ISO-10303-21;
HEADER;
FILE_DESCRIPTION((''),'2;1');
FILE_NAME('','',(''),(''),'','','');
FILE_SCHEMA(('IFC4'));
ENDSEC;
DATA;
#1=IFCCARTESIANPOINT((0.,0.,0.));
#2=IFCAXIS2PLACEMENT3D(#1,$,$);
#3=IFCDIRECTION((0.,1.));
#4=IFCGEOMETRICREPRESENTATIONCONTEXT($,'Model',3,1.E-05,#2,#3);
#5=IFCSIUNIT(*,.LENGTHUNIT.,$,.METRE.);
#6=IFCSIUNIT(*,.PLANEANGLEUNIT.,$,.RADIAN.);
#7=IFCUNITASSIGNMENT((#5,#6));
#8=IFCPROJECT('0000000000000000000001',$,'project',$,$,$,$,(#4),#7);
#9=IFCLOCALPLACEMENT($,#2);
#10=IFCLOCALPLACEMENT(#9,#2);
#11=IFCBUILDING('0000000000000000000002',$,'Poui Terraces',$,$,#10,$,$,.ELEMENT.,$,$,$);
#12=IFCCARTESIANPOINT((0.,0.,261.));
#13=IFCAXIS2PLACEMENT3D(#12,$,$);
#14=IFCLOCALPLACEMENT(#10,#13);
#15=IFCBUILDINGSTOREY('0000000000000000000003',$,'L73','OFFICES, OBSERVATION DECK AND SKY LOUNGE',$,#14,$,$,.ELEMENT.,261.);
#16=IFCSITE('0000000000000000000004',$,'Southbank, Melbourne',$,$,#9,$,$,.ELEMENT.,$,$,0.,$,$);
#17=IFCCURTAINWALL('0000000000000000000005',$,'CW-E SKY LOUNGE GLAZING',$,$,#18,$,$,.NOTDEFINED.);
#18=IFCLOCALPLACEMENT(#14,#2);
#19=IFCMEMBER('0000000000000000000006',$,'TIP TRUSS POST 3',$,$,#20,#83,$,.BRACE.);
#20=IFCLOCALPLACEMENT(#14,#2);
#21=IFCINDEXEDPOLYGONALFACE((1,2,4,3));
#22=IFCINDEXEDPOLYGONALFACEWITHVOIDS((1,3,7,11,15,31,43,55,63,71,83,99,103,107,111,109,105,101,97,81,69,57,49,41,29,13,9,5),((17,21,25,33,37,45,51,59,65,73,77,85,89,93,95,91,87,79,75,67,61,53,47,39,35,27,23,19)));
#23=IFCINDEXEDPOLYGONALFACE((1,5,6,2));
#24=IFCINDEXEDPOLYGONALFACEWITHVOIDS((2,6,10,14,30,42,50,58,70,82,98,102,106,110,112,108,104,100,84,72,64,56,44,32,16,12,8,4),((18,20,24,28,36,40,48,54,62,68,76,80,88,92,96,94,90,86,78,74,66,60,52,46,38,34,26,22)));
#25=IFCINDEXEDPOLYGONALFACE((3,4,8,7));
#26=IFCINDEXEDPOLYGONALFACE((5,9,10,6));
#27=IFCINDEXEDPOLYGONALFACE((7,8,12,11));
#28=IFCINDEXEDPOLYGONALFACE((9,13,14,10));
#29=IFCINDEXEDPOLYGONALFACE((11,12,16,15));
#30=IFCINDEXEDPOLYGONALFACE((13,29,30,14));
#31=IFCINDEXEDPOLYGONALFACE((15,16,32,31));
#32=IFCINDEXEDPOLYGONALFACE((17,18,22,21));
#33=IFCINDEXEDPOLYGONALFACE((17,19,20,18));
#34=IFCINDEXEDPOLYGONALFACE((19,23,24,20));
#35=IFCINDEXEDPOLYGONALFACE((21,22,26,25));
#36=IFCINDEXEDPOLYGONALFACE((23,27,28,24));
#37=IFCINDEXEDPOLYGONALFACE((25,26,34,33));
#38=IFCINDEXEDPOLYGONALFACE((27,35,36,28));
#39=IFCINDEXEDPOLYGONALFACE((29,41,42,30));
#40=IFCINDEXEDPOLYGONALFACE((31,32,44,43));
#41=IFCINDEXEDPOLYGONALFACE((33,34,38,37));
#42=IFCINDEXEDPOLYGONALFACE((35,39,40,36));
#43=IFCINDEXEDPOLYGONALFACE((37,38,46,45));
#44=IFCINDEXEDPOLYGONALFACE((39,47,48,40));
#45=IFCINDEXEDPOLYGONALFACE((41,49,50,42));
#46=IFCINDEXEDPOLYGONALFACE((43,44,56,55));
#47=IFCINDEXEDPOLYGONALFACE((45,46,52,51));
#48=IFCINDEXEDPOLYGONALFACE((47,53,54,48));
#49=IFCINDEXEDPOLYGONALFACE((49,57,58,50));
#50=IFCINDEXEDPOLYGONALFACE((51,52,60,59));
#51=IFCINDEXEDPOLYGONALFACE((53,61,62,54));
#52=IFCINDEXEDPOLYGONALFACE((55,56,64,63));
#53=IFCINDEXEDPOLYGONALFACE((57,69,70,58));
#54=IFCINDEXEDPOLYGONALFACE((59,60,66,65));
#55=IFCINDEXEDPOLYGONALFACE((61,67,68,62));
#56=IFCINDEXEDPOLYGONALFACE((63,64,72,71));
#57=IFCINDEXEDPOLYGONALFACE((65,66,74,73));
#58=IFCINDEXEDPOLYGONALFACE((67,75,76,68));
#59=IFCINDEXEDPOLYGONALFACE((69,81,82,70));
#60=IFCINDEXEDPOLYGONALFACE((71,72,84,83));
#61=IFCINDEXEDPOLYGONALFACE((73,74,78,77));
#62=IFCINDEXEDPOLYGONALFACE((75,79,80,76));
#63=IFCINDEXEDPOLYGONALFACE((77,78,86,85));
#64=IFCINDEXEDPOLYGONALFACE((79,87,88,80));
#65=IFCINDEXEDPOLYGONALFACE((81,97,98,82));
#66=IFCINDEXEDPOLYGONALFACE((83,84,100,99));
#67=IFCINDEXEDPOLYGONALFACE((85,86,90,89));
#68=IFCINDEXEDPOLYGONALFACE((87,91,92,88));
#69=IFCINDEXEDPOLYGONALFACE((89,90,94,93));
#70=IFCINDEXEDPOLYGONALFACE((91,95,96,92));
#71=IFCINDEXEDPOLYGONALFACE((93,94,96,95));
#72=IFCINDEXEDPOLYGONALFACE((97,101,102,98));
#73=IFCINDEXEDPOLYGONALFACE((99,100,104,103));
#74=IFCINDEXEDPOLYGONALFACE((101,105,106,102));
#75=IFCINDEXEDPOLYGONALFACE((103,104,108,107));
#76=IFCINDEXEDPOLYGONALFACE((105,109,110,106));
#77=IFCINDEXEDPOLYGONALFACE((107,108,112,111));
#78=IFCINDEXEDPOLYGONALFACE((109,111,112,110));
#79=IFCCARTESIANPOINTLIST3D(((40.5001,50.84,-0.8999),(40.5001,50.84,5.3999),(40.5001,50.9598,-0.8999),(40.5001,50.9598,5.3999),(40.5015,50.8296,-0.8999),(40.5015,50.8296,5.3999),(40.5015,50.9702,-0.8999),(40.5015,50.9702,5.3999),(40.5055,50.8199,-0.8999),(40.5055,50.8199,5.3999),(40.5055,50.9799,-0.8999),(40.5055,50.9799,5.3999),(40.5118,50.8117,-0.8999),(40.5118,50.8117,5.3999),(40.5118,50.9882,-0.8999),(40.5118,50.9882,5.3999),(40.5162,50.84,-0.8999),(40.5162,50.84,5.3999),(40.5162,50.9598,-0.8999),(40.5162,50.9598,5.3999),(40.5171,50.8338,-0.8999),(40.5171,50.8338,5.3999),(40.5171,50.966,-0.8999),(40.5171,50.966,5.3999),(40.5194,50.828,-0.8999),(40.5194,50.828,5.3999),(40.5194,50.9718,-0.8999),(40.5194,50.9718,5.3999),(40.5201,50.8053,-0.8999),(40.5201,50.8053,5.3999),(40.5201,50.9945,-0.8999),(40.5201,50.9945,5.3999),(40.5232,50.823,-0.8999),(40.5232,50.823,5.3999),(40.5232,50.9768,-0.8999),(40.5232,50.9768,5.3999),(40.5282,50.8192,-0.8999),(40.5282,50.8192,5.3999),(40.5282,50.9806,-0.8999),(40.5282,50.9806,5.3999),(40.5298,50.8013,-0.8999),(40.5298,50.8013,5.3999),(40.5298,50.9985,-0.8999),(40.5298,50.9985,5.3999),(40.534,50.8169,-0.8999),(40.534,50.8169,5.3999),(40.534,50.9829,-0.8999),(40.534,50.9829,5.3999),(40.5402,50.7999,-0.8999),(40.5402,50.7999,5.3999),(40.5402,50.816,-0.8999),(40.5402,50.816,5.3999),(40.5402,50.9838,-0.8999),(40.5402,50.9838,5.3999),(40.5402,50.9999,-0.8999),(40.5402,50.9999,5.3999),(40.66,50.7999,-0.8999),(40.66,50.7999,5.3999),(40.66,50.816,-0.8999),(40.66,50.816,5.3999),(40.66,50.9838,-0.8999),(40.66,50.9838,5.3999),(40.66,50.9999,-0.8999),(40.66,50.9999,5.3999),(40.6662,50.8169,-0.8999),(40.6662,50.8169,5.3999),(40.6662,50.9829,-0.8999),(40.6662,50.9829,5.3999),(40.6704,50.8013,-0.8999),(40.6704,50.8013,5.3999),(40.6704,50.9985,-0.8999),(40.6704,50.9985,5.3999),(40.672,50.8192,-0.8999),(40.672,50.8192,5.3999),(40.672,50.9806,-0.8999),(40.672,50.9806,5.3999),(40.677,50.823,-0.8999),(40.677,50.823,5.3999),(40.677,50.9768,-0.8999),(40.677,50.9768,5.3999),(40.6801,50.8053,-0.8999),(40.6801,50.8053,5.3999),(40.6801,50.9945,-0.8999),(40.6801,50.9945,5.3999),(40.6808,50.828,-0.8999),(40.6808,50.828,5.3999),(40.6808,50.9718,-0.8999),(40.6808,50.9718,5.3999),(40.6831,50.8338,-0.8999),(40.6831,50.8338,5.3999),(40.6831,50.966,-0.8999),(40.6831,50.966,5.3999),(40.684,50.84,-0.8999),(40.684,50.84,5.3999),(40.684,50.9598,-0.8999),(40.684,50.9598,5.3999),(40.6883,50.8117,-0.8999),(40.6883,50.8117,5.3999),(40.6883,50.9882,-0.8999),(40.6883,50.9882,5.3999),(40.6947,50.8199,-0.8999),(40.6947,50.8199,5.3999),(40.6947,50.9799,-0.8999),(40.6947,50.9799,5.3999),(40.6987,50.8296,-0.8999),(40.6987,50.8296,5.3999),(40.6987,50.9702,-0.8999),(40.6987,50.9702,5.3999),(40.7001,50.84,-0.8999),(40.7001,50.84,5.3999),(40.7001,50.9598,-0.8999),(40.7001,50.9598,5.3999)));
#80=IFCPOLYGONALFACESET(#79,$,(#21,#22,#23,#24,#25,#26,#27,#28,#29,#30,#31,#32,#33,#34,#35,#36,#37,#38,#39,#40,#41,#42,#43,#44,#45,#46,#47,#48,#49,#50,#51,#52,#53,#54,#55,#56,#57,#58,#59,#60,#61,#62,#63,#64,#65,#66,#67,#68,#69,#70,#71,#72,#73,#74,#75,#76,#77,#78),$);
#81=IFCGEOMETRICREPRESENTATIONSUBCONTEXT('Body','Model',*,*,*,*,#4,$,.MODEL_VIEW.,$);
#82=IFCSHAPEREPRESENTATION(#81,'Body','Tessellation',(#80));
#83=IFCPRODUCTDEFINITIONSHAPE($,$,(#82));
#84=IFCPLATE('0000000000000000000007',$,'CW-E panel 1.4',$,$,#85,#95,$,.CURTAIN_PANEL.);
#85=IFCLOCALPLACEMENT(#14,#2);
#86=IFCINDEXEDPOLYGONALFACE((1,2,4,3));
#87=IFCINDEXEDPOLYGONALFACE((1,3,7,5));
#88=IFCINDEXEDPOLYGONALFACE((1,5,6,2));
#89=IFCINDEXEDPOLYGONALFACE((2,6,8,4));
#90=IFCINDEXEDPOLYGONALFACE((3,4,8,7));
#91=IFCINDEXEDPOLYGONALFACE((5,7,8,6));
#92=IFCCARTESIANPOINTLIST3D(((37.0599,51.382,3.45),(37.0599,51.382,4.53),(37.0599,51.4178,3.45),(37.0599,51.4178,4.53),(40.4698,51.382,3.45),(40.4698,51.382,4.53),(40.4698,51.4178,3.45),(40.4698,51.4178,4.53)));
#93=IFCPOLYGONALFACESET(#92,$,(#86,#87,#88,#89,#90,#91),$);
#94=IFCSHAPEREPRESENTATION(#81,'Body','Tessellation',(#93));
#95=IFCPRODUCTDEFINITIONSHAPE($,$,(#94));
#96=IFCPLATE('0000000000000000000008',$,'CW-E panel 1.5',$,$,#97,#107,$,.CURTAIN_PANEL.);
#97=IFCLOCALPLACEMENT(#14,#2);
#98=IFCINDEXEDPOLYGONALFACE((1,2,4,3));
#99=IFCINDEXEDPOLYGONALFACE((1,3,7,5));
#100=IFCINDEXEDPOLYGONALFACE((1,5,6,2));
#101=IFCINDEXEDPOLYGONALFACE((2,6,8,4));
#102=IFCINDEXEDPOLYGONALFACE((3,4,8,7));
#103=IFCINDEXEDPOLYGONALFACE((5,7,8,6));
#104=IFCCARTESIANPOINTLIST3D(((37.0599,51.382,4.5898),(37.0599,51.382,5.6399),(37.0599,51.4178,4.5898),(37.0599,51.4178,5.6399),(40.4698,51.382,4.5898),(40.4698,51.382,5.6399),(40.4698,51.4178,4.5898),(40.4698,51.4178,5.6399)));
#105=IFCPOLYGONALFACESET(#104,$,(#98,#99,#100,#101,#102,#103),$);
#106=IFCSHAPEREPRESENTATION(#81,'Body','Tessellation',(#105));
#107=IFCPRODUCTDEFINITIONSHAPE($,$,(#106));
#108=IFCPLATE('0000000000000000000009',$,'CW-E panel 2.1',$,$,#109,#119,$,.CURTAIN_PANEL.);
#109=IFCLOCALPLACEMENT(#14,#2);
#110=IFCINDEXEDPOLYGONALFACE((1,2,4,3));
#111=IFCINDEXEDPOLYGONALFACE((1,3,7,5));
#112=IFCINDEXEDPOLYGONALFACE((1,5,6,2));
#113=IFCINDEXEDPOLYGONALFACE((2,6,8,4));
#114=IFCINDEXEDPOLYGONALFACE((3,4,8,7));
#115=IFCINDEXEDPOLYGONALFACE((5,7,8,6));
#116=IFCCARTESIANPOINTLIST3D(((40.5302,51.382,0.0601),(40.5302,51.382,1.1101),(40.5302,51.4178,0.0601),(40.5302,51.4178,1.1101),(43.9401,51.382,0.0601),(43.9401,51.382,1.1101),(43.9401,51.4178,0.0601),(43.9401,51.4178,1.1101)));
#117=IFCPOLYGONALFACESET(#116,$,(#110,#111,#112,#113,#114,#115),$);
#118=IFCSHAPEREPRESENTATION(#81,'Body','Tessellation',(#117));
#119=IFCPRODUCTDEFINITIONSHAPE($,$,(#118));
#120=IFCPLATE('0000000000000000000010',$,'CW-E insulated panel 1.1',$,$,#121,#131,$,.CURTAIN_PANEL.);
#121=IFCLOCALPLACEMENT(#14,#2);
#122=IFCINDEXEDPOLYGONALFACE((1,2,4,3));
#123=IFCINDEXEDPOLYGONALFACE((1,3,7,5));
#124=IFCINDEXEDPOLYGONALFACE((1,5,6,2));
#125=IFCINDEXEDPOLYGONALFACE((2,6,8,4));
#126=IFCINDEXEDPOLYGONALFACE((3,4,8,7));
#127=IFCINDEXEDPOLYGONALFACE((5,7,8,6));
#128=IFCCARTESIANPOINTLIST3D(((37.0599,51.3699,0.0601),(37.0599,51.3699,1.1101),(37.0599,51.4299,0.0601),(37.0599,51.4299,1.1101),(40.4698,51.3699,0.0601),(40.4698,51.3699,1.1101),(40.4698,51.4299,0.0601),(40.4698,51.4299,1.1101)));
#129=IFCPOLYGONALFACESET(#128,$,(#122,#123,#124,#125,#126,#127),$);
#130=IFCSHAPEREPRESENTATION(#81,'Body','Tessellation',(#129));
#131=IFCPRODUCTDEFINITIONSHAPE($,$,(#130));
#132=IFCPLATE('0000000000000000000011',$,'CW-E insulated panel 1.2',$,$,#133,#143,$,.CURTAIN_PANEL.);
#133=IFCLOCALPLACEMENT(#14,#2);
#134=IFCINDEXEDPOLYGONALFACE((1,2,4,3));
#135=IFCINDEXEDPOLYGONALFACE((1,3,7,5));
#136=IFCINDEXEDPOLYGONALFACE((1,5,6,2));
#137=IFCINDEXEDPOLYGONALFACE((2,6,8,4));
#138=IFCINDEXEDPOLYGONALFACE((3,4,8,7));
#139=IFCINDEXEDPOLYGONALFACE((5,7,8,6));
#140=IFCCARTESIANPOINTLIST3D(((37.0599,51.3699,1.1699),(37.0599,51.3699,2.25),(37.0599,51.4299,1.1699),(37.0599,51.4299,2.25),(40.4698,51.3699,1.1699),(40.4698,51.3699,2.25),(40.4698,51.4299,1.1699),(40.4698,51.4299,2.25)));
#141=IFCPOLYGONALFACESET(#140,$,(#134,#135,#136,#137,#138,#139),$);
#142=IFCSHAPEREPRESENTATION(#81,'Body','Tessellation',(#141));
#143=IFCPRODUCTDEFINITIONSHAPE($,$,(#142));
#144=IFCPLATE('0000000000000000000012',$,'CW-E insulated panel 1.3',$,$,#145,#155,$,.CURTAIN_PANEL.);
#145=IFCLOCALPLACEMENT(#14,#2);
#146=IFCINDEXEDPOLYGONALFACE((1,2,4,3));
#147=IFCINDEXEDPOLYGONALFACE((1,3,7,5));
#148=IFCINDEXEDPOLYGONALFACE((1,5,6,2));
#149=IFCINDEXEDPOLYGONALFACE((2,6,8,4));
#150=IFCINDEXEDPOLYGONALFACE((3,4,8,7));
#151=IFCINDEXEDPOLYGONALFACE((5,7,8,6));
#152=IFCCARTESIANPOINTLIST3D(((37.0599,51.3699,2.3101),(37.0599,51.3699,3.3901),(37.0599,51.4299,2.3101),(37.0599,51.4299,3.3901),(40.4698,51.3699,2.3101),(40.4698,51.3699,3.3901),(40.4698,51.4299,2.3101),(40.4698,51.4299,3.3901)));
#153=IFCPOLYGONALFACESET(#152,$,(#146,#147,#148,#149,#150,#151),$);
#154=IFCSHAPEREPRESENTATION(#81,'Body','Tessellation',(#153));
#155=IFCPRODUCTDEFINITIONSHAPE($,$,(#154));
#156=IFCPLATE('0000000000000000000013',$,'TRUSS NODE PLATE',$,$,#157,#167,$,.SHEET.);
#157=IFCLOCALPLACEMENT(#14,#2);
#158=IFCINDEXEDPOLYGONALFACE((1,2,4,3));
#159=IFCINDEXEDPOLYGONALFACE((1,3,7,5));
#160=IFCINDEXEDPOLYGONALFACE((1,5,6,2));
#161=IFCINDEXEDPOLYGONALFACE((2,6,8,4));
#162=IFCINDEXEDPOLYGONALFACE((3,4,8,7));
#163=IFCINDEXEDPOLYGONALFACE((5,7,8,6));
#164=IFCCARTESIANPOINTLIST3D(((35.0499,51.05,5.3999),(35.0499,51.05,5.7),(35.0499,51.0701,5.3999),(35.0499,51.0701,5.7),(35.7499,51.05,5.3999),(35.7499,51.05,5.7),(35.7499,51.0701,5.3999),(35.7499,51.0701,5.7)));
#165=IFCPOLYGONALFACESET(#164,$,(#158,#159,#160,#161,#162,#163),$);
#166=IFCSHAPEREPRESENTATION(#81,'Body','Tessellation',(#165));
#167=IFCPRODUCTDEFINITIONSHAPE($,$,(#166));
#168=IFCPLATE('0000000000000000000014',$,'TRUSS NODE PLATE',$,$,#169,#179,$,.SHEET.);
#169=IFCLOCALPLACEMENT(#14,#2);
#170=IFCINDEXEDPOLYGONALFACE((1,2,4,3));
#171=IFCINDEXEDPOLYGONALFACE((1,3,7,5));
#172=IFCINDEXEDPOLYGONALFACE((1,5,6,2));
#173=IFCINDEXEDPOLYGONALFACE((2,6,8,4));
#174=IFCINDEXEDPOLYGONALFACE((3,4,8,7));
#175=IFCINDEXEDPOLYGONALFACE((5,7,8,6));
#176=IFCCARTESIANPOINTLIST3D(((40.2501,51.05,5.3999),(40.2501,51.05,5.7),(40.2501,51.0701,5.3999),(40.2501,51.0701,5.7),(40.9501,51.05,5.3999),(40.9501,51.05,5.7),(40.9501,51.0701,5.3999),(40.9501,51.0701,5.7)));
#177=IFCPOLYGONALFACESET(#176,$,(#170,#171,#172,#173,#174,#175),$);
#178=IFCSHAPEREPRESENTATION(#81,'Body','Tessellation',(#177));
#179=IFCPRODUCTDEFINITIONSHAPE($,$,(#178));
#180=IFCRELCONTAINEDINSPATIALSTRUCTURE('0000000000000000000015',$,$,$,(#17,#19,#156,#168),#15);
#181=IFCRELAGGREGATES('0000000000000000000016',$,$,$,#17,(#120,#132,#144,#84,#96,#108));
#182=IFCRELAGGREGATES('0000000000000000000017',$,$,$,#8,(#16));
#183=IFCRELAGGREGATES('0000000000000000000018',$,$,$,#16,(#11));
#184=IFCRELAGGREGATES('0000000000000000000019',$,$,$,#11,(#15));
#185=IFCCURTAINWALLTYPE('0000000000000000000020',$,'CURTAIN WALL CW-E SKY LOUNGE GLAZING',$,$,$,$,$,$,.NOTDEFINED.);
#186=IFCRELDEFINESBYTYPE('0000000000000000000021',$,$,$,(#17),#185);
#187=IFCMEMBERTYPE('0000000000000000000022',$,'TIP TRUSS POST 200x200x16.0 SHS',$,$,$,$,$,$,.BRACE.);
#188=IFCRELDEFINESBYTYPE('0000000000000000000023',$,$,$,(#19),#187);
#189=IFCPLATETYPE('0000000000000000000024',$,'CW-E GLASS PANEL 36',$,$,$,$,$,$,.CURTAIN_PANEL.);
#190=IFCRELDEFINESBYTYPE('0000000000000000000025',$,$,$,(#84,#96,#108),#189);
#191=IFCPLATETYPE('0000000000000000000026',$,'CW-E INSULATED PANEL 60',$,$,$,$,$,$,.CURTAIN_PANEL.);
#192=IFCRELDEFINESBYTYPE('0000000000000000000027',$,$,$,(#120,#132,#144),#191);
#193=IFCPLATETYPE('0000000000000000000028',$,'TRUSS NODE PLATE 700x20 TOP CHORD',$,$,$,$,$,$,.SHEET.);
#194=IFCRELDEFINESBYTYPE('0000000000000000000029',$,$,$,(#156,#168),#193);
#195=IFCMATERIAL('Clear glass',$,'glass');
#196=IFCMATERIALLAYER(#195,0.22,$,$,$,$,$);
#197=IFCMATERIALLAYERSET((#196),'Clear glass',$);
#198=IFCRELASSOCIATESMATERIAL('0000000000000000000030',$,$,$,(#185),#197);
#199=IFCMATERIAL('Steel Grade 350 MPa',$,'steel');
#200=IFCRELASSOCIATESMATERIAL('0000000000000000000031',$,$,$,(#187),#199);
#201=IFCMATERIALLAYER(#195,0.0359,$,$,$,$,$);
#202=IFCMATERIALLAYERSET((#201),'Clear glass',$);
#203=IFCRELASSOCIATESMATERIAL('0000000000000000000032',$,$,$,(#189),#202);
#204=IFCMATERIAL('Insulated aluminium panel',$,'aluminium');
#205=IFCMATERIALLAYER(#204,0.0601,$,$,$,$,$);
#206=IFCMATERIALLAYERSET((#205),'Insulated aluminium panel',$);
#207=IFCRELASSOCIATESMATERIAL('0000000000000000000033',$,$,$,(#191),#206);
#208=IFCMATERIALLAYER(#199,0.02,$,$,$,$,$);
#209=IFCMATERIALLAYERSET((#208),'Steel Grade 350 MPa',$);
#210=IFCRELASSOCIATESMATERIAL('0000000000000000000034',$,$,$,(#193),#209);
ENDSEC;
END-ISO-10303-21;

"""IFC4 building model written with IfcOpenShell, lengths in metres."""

from ifc_helpers import new_model, si_unit, direction, frame, origin, origin_2d, place, context, subcontext, project, spatial, rectangle, hollow_rectangle, extrude, source, transform, mapped, material, layer, layer_set, material_profile, profile_set, type_object, element, aggregate, save


model = new_model("IFC4")

# Units and contexts
model_context = context("Model", 3, precision=1e-05, world=origin(), true_north=direction((0.0, 1.0)))
body_context = subcontext(model_context, "Body", "Model", "MODEL_VIEW")
ifc_project = project(units=[si_unit("LENGTHUNIT", "METRE"), si_unit("PLANEANGLEUNIT", "RADIAN")], contexts=[model_context])

# Site, building, storey
site_placement = place(None, origin())
site = spatial("IfcSite", under=ifc_project, at=site_placement, Name="Southbank, Melbourne", CompositionType="ELEMENT", RefElevation=0.0)
building_placement = place(site_placement, origin())
building = spatial("IfcBuilding", under=site, at=building_placement, Name="Poui Terraces", CompositionType="ELEMENT")
storey_placement = place(building_placement, frame((0.0, 0.0, 261.0)))
storey = spatial("IfcBuildingStorey", under=building, at=storey_placement, Name="L73", Description="OFFICES, OBSERVATION DECK AND SKY LOUNGE", CompositionType="ELEMENT", Elevation=261.0)

# Shared definitions
ifc_material_1 = material(Name="Clear glass", Category="glass")
ifc_layer_1 = layer(ifc_material_1, 0.22)
ifc_layer_set_1 = layer_set([ifc_layer_1], Name="Clear glass")
curtain_wall_type = type_object("IfcCurtainWallType", Name="CURTAIN WALL CW-E SKY LOUNGE GLAZING", PredefinedType="NOTDEFINED", material=ifc_layer_set_1)

# Curtain wall
curtain_wall_1_placement = place(storey_placement, origin())
curtain_wall_1 = element("IfcCurtainWall", 1, at=curtain_wall_1_placement, inside=storey, type_object=curtain_wall_type, Name="CW-E SKY LOUNGE GLAZING", PredefinedType="NOTDEFINED")

# Member
ifc_material_2 = material(Name="Steel Grade 350 MPa", Category="steel")
ifc_material_profile_1 = material_profile(ifc_material_2, hollow_rectangle(XDim=0.2, YDim=0.2, WallThickness=0.0161, InnerFilletRadius=0.0239, OuterFilletRadius=0.04, at=origin_2d()), Name="200x200x16.0 SHS")
ifc_profile_set_1 = profile_set([ifc_material_profile_1], Name="Steel Grade 350 MPa")
member_type_1 = type_object("IfcMemberType", Name="TIP TRUSS POST 200x200x16.0 SHS", PredefinedType="BRACE", material=ifc_profile_set_1)
for number, where, z_axis, x_axis, name in (
    (2, (40.6001, 50.8999, -0.8999), (0.0, 0.0, 1.0), (1.0, 0.0, 0.0), "TIP TRUSS POST 3"),
):
    element("IfcMember", number, at=place(storey_placement, frame(where, z_axis=z_axis, x_axis=x_axis)), inside=storey, type_object=member_type_1, Name=name, PredefinedType="BRACE", context=body_context, shape_type="SweptSolid", body=[
        extrude(hollow_rectangle(XDim=0.2, YDim=0.2, WallThickness=0.0161, InnerFilletRadius=0.0239, OuterFilletRadius=0.04, at=origin_2d()), origin(), (0.0, 0.0, 1.0), 6.2998),
    ])

# Plates
ifc_layer_2 = layer(ifc_material_1, 0.0359)
ifc_layer_set_2 = layer_set([ifc_layer_2], Name="Clear glass")
plate_type_1 = type_object("IfcPlateType", Name="CW-E GLASS PANEL 36", PredefinedType="CURTAIN_PANEL", material=ifc_layer_set_2)
plate_1_placement = place(storey_placement, frame((38.7649, 51.3999, 3.45), z_axis=(0.0, 0.0, 1.0), x_axis=(1.0, 0.0, 0.0)))
plate_1 = element("IfcPlate", 3, at=plate_1_placement, type_object=plate_type_1, Name="CW-E panel 1.4", PredefinedType="CURTAIN_PANEL", context=body_context, shape_type="SweptSolid", body=[
    extrude(rectangle(XDim=3.4099, YDim=0.0359, at=origin_2d()), origin(), (0.0, 0.0, 1.0), 1.0801),
])
plate_2_placement = place(storey_placement, frame((38.7649, 51.3999, 4.5898), z_axis=(0.0, 0.0, 1.0), x_axis=(1.0, 0.0, 0.0)))
plate_2 = element("IfcPlate", 4, at=plate_2_placement, type_object=plate_type_1, Name="CW-E panel 1.5", PredefinedType="CURTAIN_PANEL", context=body_context, shape_type="SweptSolid", body=[
    extrude(rectangle(XDim=3.4099, YDim=0.0359, at=origin_2d()), origin(), (0.0, 0.0, 1.0), 1.05),
])
plate_3_placement = place(storey_placement, frame((42.2351, 51.3999, 0.0601), z_axis=(0.0, 0.0, 1.0), x_axis=(1.0, 0.0, 0.0)))
plate_3 = element("IfcPlate", 5, at=plate_3_placement, type_object=plate_type_1, Name="CW-E panel 2.1", PredefinedType="CURTAIN_PANEL", context=body_context, shape_type="SweptSolid", body=[
    extrude(rectangle(XDim=3.4099, YDim=0.0359, at=origin_2d()), origin(), (0.0, 0.0, 1.0), 1.05),
])
ifc_material_3 = material(Name="Insulated aluminium panel", Category="aluminium")
ifc_layer_3 = layer(ifc_material_3, 0.0601)
ifc_layer_set_3 = layer_set([ifc_layer_3], Name="Insulated aluminium panel")
plate_type_2 = type_object("IfcPlateType", Name="CW-E INSULATED PANEL 60", PredefinedType="CURTAIN_PANEL", material=ifc_layer_set_3)
plate_4_placement = place(storey_placement, frame((38.7649, 51.3999, 0.0601), z_axis=(0.0, 0.0, 1.0), x_axis=(1.0, 0.0, 0.0)))
plate_4 = element("IfcPlate", 6, at=plate_4_placement, type_object=plate_type_2, Name="CW-E insulated panel 1.1", PredefinedType="CURTAIN_PANEL", context=body_context, shape_type="SweptSolid", body=[
    extrude(rectangle(XDim=3.4099, YDim=0.0601, at=origin_2d()), origin(), (0.0, 0.0, 1.0), 1.05),
])
plate_5_placement = place(storey_placement, frame((38.7649, 51.3999, 1.1699), z_axis=(0.0, 0.0, 1.0), x_axis=(1.0, 0.0, 0.0)))
plate_5 = element("IfcPlate", 7, at=plate_5_placement, type_object=plate_type_2, Name="CW-E insulated panel 1.2", PredefinedType="CURTAIN_PANEL", context=body_context, shape_type="SweptSolid", body=[
    extrude(rectangle(XDim=3.4099, YDim=0.0601, at=origin_2d()), origin(), (0.0, 0.0, 1.0), 1.0801),
])
plate_6_placement = place(storey_placement, frame((38.7649, 51.3999, 2.3101), z_axis=(0.0, 0.0, 1.0), x_axis=(1.0, 0.0, 0.0)))
plate_6 = element("IfcPlate", 8, at=plate_6_placement, type_object=plate_type_2, Name="CW-E insulated panel 1.3", PredefinedType="CURTAIN_PANEL", context=body_context, shape_type="SweptSolid", body=[
    extrude(rectangle(XDim=3.4099, YDim=0.0601, at=origin_2d()), origin(), (0.0, 0.0, 1.0), 1.0801),
])
aggregate(curtain_wall_1, [plate_4, plate_5, plate_6, plate_1, plate_2, plate_3])

# Plates
ifc_layer_4 = layer(ifc_material_2, 0.02)
ifc_layer_set_4 = layer_set([ifc_layer_4], Name="Steel Grade 350 MPa")
plate_type_3 = type_object("IfcPlateType", Name="TRUSS NODE PLATE 700x20 TOP CHORD", PredefinedType="SHEET", material=ifc_layer_set_4)
shared_shape = source(origin(), body_context, "Body", "SweptSolid", [
    extrude(rectangle(XDim=0.7, YDim=0.02, at=origin_2d()), origin(), (0.0, 0.0, 1.0), 0.3),
])
for number, where, z_axis, x_axis, name in (
    (9, (35.3999, 51.0601, 5.3999), (0.0, 0.0, 1.0), (1.0, 0.0, 0.0), "TRUSS NODE PLATE"),
    (10, (40.6001, 51.0601, 5.3999), (0.0, 0.0, 1.0), (1.0, 0.0, 0.0), "TRUSS NODE PLATE"),
):
    element("IfcPlate", number, at=place(storey_placement, frame(where, z_axis=z_axis, x_axis=x_axis)), inside=storey, type_object=plate_type_3, Name=name, PredefinedType="SHEET", context=body_context, shape_type="MappedRepresentation", body=[
        mapped(shared_shape, transform((0.0, 0.0, 0.0))),
    ])

save(model, "model.ifc")
